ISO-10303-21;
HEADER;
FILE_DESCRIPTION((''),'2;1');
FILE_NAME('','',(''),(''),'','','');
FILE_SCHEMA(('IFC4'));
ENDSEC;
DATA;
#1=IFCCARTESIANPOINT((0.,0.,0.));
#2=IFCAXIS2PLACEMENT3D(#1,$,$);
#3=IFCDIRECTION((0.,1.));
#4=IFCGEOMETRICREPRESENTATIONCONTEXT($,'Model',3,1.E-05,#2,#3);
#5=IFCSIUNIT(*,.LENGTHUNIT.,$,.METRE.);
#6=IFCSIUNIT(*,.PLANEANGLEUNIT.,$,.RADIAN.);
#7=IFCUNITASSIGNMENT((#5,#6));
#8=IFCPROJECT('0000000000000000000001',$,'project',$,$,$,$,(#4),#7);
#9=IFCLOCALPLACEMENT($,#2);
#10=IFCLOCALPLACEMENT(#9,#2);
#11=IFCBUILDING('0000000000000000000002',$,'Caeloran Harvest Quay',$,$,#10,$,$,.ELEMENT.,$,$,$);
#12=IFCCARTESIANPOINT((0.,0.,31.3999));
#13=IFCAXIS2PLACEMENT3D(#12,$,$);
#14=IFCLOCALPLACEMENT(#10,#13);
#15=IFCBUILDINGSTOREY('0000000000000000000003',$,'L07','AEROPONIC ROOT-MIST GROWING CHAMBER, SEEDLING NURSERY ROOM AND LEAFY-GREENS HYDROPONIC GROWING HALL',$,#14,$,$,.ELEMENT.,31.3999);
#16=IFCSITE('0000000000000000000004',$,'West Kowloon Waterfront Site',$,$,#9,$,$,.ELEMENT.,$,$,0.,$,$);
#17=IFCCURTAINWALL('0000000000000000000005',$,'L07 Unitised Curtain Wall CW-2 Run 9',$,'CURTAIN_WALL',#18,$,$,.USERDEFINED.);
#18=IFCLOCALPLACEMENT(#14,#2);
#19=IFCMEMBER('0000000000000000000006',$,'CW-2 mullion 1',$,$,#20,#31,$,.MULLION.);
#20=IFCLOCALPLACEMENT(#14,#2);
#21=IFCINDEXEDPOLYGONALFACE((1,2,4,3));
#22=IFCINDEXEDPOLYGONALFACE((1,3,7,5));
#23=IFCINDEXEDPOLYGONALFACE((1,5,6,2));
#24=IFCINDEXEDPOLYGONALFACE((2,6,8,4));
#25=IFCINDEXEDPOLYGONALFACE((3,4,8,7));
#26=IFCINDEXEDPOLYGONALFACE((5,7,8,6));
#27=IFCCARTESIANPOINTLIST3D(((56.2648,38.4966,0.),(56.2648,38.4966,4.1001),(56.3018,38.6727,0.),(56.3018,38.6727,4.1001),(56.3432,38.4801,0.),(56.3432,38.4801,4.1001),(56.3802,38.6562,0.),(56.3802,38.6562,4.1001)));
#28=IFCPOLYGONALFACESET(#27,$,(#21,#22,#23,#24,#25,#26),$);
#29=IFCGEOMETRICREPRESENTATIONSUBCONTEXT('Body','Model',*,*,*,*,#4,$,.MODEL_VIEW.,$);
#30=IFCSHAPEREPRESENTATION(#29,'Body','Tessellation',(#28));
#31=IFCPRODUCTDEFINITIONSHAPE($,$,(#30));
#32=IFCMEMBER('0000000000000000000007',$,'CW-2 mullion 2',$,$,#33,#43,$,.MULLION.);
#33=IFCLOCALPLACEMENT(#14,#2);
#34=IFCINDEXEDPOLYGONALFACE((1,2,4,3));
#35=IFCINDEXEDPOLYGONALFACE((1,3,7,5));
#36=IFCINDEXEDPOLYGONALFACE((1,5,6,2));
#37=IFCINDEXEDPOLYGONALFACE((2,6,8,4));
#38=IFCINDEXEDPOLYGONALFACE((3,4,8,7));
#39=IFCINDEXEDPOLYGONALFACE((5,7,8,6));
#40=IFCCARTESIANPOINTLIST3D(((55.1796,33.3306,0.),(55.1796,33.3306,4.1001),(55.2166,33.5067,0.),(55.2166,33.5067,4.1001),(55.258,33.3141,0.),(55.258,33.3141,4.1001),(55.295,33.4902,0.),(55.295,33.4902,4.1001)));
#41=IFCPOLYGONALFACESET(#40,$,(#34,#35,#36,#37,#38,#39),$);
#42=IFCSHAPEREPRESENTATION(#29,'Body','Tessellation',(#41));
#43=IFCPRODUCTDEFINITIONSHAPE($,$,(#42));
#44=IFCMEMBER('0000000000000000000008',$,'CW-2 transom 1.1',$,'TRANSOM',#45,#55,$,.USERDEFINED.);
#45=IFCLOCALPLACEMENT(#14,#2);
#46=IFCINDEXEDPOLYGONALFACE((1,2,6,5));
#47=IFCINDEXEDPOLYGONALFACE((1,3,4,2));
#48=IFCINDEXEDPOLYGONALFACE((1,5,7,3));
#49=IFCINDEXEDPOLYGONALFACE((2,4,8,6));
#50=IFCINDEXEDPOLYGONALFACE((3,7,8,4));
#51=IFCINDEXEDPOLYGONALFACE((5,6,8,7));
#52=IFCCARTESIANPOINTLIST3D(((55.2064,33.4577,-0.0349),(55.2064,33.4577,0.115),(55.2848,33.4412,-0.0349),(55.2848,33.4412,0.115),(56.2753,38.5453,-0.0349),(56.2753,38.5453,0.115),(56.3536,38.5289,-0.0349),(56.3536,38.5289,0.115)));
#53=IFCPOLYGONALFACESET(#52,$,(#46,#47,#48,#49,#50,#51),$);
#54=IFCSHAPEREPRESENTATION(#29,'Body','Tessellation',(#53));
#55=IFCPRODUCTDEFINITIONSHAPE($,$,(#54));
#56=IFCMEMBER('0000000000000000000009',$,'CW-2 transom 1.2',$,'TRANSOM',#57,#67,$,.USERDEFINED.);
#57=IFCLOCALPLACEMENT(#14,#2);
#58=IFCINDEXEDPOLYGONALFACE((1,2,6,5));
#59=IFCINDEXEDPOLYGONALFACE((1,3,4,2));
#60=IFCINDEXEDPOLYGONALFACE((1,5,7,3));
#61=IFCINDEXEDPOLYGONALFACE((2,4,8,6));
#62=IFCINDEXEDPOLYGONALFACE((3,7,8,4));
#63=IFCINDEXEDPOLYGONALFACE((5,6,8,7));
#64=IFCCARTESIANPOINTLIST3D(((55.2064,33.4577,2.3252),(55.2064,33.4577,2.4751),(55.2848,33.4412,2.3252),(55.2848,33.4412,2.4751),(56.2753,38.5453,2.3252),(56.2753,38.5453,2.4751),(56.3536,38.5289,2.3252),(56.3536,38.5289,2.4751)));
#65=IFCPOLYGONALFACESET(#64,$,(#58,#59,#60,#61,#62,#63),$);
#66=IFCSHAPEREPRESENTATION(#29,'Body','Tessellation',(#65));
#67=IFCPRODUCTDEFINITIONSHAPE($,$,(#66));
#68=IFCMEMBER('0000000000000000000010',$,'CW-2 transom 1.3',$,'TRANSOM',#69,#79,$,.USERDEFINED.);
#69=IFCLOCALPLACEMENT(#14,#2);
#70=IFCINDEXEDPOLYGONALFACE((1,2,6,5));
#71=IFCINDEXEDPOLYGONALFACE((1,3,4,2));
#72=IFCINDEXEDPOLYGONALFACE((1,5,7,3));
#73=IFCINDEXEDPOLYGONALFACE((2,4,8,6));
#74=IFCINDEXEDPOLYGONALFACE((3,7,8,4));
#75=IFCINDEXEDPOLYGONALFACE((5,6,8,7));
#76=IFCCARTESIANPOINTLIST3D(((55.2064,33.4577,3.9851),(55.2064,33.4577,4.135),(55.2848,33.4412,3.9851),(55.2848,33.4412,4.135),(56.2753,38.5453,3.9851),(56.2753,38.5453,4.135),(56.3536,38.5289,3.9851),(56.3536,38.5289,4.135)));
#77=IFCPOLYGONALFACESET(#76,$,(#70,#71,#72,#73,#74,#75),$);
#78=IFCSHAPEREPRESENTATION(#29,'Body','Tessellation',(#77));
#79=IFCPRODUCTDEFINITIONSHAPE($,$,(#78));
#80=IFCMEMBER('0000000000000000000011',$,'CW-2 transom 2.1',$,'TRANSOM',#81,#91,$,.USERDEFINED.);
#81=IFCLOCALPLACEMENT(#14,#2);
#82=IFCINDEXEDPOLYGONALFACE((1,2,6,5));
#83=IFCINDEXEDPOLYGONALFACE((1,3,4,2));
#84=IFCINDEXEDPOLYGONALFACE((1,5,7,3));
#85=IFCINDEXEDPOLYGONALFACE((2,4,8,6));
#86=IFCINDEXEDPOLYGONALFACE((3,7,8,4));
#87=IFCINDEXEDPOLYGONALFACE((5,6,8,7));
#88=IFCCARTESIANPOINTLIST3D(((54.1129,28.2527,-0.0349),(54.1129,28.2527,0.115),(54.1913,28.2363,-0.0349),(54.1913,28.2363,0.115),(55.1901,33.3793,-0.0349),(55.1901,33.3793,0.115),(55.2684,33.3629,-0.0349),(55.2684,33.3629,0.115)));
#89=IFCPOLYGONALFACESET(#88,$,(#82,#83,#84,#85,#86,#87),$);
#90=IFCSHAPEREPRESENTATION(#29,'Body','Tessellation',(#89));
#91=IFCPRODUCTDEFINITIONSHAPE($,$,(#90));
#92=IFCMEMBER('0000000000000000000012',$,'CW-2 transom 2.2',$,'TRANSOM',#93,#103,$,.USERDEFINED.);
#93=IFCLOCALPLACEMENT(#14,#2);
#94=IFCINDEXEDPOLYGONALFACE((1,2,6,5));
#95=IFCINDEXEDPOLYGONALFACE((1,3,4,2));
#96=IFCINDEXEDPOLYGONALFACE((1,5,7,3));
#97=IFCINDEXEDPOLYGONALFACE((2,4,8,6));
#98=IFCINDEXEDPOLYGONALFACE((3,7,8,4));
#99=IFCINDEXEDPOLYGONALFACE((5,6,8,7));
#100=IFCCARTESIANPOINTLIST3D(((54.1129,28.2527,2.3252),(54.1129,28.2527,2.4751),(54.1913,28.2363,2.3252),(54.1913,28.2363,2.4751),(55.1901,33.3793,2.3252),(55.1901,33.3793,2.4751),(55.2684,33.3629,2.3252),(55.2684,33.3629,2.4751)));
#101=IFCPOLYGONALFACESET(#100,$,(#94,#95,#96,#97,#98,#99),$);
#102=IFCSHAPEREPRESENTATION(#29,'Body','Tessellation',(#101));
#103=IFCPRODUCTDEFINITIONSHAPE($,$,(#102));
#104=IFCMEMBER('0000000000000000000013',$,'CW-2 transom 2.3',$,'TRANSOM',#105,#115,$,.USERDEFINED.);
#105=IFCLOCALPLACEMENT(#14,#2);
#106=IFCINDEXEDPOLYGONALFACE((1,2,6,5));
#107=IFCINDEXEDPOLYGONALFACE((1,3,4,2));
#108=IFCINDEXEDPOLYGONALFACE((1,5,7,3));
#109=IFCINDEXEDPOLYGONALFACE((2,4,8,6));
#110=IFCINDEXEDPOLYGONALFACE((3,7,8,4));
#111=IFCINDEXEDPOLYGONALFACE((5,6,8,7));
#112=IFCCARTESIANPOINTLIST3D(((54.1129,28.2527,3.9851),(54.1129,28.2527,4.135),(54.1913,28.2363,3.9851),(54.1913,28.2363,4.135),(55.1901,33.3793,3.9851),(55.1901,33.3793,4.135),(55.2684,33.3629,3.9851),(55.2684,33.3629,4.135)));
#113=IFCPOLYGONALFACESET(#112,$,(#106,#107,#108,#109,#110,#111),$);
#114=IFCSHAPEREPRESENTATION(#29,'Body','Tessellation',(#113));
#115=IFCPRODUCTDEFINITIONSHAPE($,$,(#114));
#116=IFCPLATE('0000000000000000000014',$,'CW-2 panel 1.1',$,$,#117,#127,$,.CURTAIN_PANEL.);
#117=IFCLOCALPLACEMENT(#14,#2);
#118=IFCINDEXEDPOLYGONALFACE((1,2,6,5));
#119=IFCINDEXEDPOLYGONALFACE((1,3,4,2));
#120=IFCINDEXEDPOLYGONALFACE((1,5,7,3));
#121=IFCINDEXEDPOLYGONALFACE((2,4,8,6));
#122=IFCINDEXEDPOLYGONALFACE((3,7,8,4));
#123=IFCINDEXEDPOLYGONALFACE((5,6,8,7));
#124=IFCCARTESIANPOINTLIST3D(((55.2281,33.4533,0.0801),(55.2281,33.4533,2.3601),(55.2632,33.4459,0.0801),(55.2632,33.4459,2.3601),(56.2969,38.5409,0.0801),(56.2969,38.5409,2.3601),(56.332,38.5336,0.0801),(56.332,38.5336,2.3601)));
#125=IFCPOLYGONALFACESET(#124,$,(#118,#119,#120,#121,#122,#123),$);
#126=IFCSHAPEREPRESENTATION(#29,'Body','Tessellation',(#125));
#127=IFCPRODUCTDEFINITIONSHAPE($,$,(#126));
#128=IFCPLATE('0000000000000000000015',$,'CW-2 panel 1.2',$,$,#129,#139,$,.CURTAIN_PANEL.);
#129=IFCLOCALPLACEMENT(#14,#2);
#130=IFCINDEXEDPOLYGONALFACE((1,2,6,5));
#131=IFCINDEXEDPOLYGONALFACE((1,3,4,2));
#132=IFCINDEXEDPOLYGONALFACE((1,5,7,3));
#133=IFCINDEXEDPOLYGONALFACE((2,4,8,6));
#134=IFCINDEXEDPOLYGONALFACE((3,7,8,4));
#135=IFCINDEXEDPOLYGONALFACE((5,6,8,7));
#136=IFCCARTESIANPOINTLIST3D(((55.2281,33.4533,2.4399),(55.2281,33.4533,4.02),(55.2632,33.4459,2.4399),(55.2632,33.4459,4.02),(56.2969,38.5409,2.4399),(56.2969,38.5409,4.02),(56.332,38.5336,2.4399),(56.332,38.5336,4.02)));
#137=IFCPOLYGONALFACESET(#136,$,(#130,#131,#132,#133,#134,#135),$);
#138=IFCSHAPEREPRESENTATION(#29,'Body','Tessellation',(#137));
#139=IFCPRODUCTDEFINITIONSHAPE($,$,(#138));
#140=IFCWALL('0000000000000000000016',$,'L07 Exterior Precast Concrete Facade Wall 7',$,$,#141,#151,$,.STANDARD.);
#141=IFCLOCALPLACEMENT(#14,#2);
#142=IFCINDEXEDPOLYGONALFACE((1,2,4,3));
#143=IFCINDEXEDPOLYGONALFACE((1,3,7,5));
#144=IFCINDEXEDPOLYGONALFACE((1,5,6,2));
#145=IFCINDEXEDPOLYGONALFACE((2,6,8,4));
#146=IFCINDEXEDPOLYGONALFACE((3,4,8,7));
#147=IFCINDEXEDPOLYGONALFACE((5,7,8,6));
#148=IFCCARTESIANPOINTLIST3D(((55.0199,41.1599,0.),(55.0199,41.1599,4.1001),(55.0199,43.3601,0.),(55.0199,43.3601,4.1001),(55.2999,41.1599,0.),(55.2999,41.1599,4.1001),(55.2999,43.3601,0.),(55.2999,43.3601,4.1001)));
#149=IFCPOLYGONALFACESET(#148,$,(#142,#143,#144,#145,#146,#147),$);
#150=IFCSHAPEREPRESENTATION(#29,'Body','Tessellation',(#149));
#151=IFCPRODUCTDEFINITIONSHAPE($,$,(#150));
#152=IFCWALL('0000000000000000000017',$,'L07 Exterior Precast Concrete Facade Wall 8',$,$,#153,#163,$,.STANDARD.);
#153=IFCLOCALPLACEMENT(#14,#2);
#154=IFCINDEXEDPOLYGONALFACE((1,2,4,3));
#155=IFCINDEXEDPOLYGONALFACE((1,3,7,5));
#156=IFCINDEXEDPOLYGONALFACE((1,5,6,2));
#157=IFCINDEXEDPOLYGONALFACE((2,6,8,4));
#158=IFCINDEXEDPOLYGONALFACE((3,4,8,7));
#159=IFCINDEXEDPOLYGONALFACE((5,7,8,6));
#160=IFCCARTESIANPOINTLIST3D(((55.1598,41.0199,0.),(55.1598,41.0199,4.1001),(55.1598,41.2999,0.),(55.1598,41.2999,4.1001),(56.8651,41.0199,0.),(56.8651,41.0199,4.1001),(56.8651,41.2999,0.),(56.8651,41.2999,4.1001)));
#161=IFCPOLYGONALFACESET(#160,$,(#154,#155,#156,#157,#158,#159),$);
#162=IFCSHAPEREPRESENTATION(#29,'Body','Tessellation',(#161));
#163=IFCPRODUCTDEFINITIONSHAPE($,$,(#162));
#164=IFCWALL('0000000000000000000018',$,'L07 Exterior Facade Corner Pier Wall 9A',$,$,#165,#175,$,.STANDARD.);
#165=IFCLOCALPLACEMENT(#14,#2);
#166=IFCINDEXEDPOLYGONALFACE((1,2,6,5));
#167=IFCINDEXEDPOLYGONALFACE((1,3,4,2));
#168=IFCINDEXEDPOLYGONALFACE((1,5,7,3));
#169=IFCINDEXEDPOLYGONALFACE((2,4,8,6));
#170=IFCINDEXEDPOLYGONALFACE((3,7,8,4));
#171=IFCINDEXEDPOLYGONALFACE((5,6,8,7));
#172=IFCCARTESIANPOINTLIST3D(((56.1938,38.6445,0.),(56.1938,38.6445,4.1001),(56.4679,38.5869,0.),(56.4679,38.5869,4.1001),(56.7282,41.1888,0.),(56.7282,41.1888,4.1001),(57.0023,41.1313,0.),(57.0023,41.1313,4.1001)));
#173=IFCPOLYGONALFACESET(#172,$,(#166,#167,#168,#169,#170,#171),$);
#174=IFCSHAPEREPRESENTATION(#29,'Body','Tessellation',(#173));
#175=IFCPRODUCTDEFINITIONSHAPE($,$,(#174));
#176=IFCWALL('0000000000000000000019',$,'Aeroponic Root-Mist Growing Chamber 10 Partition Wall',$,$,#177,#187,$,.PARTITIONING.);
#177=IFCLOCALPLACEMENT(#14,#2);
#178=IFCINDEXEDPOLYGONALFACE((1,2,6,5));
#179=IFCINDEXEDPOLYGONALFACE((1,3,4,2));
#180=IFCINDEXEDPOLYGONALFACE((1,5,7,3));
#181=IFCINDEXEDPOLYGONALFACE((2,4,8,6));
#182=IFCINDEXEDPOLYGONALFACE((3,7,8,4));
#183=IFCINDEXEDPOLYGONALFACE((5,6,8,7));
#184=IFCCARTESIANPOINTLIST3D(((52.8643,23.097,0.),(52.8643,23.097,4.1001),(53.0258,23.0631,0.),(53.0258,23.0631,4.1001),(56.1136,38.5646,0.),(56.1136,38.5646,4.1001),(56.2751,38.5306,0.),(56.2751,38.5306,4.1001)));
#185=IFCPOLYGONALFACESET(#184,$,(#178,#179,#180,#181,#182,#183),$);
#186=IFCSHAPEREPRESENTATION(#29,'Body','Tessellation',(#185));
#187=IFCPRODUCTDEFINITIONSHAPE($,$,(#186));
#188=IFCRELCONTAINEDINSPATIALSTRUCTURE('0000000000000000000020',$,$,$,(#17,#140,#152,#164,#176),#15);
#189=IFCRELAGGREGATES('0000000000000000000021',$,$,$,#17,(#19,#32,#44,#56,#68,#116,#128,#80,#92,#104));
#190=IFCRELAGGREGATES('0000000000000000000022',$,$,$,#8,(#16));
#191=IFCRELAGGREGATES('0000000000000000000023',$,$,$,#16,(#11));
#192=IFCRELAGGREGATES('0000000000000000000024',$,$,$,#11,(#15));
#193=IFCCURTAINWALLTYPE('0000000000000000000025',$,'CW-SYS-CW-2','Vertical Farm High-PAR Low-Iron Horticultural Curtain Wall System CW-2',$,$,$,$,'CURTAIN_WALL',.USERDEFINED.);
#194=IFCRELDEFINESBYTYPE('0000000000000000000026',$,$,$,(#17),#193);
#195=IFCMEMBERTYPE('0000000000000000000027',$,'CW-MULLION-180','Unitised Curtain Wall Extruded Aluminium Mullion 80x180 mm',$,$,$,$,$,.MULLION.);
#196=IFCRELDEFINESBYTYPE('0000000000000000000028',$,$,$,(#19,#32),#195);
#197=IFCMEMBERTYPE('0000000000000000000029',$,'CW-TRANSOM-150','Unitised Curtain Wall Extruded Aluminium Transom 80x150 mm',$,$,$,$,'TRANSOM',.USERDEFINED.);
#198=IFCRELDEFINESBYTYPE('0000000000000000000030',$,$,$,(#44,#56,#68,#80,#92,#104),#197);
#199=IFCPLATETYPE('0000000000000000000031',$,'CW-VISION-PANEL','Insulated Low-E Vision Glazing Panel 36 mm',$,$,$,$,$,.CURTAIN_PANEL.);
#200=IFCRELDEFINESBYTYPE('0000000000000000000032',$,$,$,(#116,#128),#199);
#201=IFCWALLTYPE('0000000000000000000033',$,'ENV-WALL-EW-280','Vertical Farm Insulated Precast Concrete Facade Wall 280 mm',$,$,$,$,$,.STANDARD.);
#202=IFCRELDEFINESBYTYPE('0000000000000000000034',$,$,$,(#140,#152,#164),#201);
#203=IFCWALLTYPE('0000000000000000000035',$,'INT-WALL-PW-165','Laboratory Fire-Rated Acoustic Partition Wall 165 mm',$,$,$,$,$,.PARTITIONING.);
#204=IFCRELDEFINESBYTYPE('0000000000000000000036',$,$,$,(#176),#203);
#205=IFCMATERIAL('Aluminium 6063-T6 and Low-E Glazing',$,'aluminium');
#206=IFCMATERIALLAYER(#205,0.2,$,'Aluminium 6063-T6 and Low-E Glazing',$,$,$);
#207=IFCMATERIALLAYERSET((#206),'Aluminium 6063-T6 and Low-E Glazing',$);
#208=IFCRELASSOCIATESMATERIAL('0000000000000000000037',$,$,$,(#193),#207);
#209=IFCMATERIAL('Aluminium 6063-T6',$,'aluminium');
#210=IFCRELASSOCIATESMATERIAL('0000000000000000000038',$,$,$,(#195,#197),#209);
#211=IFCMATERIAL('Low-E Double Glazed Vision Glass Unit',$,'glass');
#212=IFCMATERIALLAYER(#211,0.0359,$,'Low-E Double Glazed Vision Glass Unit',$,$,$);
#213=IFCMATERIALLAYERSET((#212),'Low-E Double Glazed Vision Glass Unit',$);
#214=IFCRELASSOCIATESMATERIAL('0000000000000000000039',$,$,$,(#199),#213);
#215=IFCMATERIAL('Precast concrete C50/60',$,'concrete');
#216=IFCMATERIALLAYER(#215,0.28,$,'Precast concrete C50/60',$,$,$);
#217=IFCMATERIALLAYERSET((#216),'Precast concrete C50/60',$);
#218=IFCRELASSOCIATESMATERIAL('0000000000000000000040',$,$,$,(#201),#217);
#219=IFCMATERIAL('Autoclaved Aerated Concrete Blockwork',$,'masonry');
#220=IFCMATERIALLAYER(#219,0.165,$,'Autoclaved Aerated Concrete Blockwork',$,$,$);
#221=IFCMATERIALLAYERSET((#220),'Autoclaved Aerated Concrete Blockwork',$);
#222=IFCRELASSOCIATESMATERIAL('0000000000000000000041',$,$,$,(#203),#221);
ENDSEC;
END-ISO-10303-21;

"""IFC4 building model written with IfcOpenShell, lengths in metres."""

from ifc_helpers import new_model, si_unit, direction, frame, frame_2d, origin, origin_2d, place, context, subcontext, project, spatial, rectangle, extrude, material, layer, layer_set, material_profile, profile_set, type_object, element, aggregate, save


model = new_model("IFC4")

# Units and contexts
model_context = context("Model", 3, precision=1e-05, world=origin(), true_north=direction((0.0, 1.0)))
body_context = subcontext(model_context, "Body", "Model", "MODEL_VIEW")
ifc_project = project(units=[si_unit("LENGTHUNIT", "METRE"), si_unit("PLANEANGLEUNIT", "RADIAN")], contexts=[model_context])

# Site, building, storey
site_placement = place(None, origin())
site = spatial("IfcSite", under=ifc_project, at=site_placement, Name="West Kowloon Waterfront Site", CompositionType="ELEMENT", RefElevation=0.0)
building_placement = place(site_placement, origin())
building = spatial("IfcBuilding", under=site, at=building_placement, Name="Caeloran Harvest Quay", CompositionType="ELEMENT")
storey_placement = place(building_placement, frame((0.0, 0.0, 31.3999)))
storey = spatial("IfcBuildingStorey", under=building, at=storey_placement, Name="L07", Description="AEROPONIC ROOT-MIST GROWING CHAMBER, SEEDLING NURSERY ROOM AND LEAFY-GREENS HYDROPONIC GROWING HALL", CompositionType="ELEMENT", Elevation=31.3999)

# Curtain wall, members, plates
ifc_material_1 = material(Name="Aluminium 6063-T6 and Low-E Glazing", Category="aluminium")
ifc_layer_1 = layer(ifc_material_1, 0.2, Name="Aluminium 6063-T6 and Low-E Glazing")
ifc_layer_set_1 = layer_set([ifc_layer_1], Name="Aluminium 6063-T6 and Low-E Glazing")
curtain_wall_type = type_object("IfcCurtainWallType", Name="CW-SYS-CW-2", Description="Vertical Farm High-PAR Low-Iron Horticultural Curtain Wall System CW-2", ElementType="CURTAIN_WALL", PredefinedType="USERDEFINED", material=ifc_layer_set_1)
curtain_wall_placement = place(storey_placement, origin())
curtain_wall = element("IfcCurtainWall", 1, at=curtain_wall_placement, inside=storey, type_object=curtain_wall_type, Name="L07 Unitised Curtain Wall CW-2 Run 9", ObjectType="CURTAIN_WALL", PredefinedType="USERDEFINED")
ifc_material_2 = material(Name="Aluminium 6063-T6", Category="aluminium")
ifc_material_profile_1 = material_profile(ifc_material_2, rectangle(XDim=0.0801, YDim=0.1799, at=origin_2d()), Name="CW-MULLION-180")
ifc_profile_set_1 = profile_set([ifc_material_profile_1], Name="Aluminium 6063-T6")
member_type_1 = type_object("IfcMemberType", Name="CW-MULLION-180", Description="Unitised Curtain Wall Extruded Aluminium Mullion 80x180 mm", PredefinedType="MULLION", material=ifc_profile_set_1)
member_1_placement = place(storey_placement, frame((56.3225, 38.5764, 0.0), z_axis=(0.0, 0.0, 1.0), x_axis=(0.97864, -0.205583, 0.0)))
member_1 = element("IfcMember", 2, at=member_1_placement, type_object=member_type_1, Name="CW-2 mullion 1", PredefinedType="MULLION", context=body_context, shape_type="SweptSolid", body=[
    extrude(rectangle(XDim=0.0801, YDim=0.1799, at=origin_2d()), origin(), (0.0, 0.0, 1.0), 4.1001),
])
member_2_placement = place(storey_placement, frame((55.2373, 33.4104, 0.0), z_axis=(0.0, 0.0, 1.0), x_axis=(0.97864, -0.205583, 0.0)))
member_2 = element("IfcMember", 3, at=member_2_placement, type_object=member_type_1, Name="CW-2 mullion 2", PredefinedType="MULLION", context=body_context, shape_type="SweptSolid", body=[
    extrude(rectangle(XDim=0.0801, YDim=0.1799, at=origin_2d()), origin(), (0.0, 0.0, 1.0), 4.1001),
])
ifc_material_profile_2 = material_profile(ifc_material_2, rectangle(XDim=0.0801, YDim=0.1499, at=origin_2d()), Name="CW-TRANSOM-150")
ifc_profile_set_2 = profile_set([ifc_material_profile_2], Name="Aluminium 6063-T6")
member_type_2 = type_object("IfcMemberType", Name="CW-TRANSOM-150", Description="Unitised Curtain Wall Extruded Aluminium Transom 80x150 mm", ElementType="TRANSOM", PredefinedType="USERDEFINED", material=ifc_profile_set_2)
member_3_placement = place(storey_placement, frame((56.3145, 38.5371, 0.04), z_axis=(-0.205599, -0.978636, 0.0), x_axis=(0.978636, -0.205599, 0.0)))
member_3 = element("IfcMember", 4, at=member_3_placement, type_object=member_type_2, Name="CW-2 transom 1.1", ObjectType="TRANSOM", PredefinedType="USERDEFINED", context=body_context, shape_type="SweptSolid", body=[
    extrude(rectangle(XDim=0.0801, YDim=0.1499, at=origin_2d()), origin(), (0.0, 0.0, 1.0), 5.1987),
])
member_4_placement = place(storey_placement, frame((56.3145, 38.5371, 2.4001), z_axis=(-0.205599, -0.978636, 0.0), x_axis=(0.978636, -0.205599, 0.0)))
member_4 = element("IfcMember", 5, at=member_4_placement, type_object=member_type_2, Name="CW-2 transom 1.2", ObjectType="TRANSOM", PredefinedType="USERDEFINED", context=body_context, shape_type="SweptSolid", body=[
    extrude(rectangle(XDim=0.0801, YDim=0.1499, at=origin_2d()), origin(), (0.0, 0.0, 1.0), 5.1987),
])
member_5_placement = place(storey_placement, frame((56.3145, 38.5371, 4.0601), z_axis=(-0.205599, -0.978636, 0.0), x_axis=(0.978636, -0.205599, 0.0)))
member_5 = element("IfcMember", 6, at=member_5_placement, type_object=member_type_2, Name="CW-2 transom 1.3", ObjectType="TRANSOM", PredefinedType="USERDEFINED", context=body_context, shape_type="SweptSolid", body=[
    extrude(rectangle(XDim=0.0801, YDim=0.1499, at=origin_2d()), origin(), (0.0, 0.0, 1.0), 5.1987),
])
member_6_placement = place(storey_placement, frame((55.2292, 33.3711, 0.04), z_axis=(-0.205616, -0.978633, 0.0), x_axis=(0.978633, -0.205616, 0.0)))
member_6 = element("IfcMember", 7, at=member_6_placement, type_object=member_type_2, Name="CW-2 transom 2.1", ObjectType="TRANSOM", PredefinedType="USERDEFINED", context=body_context, shape_type="SweptSolid", body=[
    extrude(rectangle(XDim=0.0801, YDim=0.1499, at=origin_2d()), origin(), (0.0, 0.0, 1.0), 5.2385),
])
member_7_placement = place(storey_placement, frame((55.2292, 33.3711, 2.4001), z_axis=(-0.205616, -0.978633, 0.0), x_axis=(0.978633, -0.205616, 0.0)))
member_7 = element("IfcMember", 8, at=member_7_placement, type_object=member_type_2, Name="CW-2 transom 2.2", ObjectType="TRANSOM", PredefinedType="USERDEFINED", context=body_context, shape_type="SweptSolid", body=[
    extrude(rectangle(XDim=0.0801, YDim=0.1499, at=origin_2d()), origin(), (0.0, 0.0, 1.0), 5.2385),
])
member_8_placement = place(storey_placement, frame((55.2292, 33.3711, 4.0601), z_axis=(-0.205616, -0.978633, 0.0), x_axis=(0.978633, -0.205616, 0.0)))
member_8 = element("IfcMember", 9, at=member_8_placement, type_object=member_type_2, Name="CW-2 transom 2.3", ObjectType="TRANSOM", PredefinedType="USERDEFINED", context=body_context, shape_type="SweptSolid", body=[
    extrude(rectangle(XDim=0.0801, YDim=0.1499, at=origin_2d()), origin(), (0.0, 0.0, 1.0), 5.2385),
])
ifc_material_3 = material(Name="Low-E Double Glazed Vision Glass Unit", Category="glass")
ifc_layer_2 = layer(ifc_material_3, 0.0359, Name="Low-E Double Glazed Vision Glass Unit")
ifc_layer_set_2 = layer_set([ifc_layer_2], Name="Low-E Double Glazed Vision Glass Unit")
plate_type = type_object("IfcPlateType", Name="CW-VISION-PANEL", Description="Insulated Low-E Vision Glazing Panel 36 mm", PredefinedType="CURTAIN_PANEL", material=ifc_layer_set_2)
plate_1_placement = place(storey_placement, frame((55.78, 35.9934, 0.0801), z_axis=(0.0, 0.0, 1.0), x_axis=(-0.205583, -0.97864, 0.0)))
plate_1 = element("IfcPlate", 10, at=plate_1_placement, type_object=plate_type, Name="CW-2 panel 1.1", PredefinedType="CURTAIN_PANEL", context=body_context, shape_type="SweptSolid", body=[
    extrude(rectangle(XDim=5.1987, YDim=0.0359, at=origin_2d()), origin(), (0.0, 0.0, 1.0), 2.28),
])
plate_2_placement = place(storey_placement, frame((55.78, 35.9934, 2.4399), z_axis=(0.0, 0.0, 1.0), x_axis=(-0.205583, -0.97864, 0.0)))
plate_2 = element("IfcPlate", 11, at=plate_2_placement, type_object=plate_type, Name="CW-2 panel 1.2", PredefinedType="CURTAIN_PANEL", context=body_context, shape_type="SweptSolid", body=[
    extrude(rectangle(XDim=5.1987, YDim=0.0359, at=origin_2d()), origin(), (0.0, 0.0, 1.0), 1.5801),
])
aggregate(curtain_wall, [member_1, member_2, member_3, member_4, member_5, plate_1, plate_2, member_6, member_7, member_8])

# Walls
ifc_material_4 = material(Name="Precast concrete C50/60", Category="concrete")
ifc_layer_3 = layer(ifc_material_4, 0.28, Name="Precast concrete C50/60")
ifc_layer_set_3 = layer_set([ifc_layer_3], Name="Precast concrete C50/60")
wall_type_1 = type_object("IfcWallType", Name="ENV-WALL-EW-280", Description="Vertical Farm Insulated Precast Concrete Facade Wall 280 mm", PredefinedType="STANDARD", material=ifc_layer_set_3)
wall_1_placement = place(storey_placement, frame((55.1599, 43.3601, 0.0), z_axis=(0.0, 0.0, 1.0), x_axis=(0.0, -1.0, 0.0)))
element("IfcWall", 12, at=wall_1_placement, inside=storey, type_object=wall_type_1, Name="L07 Exterior Precast Concrete Facade Wall 7", PredefinedType="STANDARD", context=body_context, shape_type="SweptSolid", body=[
    extrude(rectangle(XDim=2.2002, YDim=0.28, at=frame_2d((1.1001, 0.0))), origin(), (0.0, 0.0, 1.0), 4.1001),
])
wall_2_placement = place(storey_placement, frame((55.1599, 41.1599, 0.0), z_axis=(0.0, 0.0, 1.0), x_axis=(1.0, 0.0, 0.0)))
element("IfcWall", 13, at=wall_2_placement, inside=storey, type_object=wall_type_1, Name="L07 Exterior Precast Concrete Facade Wall 8", PredefinedType="STANDARD", context=body_context, shape_type="SweptSolid", body=[
    extrude(rectangle(XDim=1.7053, YDim=0.28, at=frame_2d((0.8525, 0.0))), origin(), (0.0, 0.0, 1.0), 4.1001),
])
wall_3_placement = place(storey_placement, frame((56.8652, 41.1599, 0.0), z_axis=(0.0, 0.0, 1.0), x_axis=(-0.205551, -0.978646, 0.0)))
element("IfcWall", 14, at=wall_3_placement, inside=storey, type_object=wall_type_1, Name="L07 Exterior Facade Corner Pier Wall 9A", PredefinedType="STANDARD", context=body_context, shape_type="SweptSolid", body=[
    extrude(rectangle(XDim=2.5999, YDim=0.28, at=frame_2d((1.2998, 0.0))), origin(), (0.0, 0.0, 1.0), 4.1001),
])
ifc_material_5 = material(Name="Autoclaved Aerated Concrete Blockwork", Category="masonry")
ifc_layer_4 = layer(ifc_material_5, 0.165, Name="Autoclaved Aerated Concrete Blockwork")
ifc_layer_set_4 = layer_set([ifc_layer_4], Name="Autoclaved Aerated Concrete Blockwork")
wall_type_2 = type_object("IfcWallType", Name="INT-WALL-PW-165", Description="Laboratory Fire-Rated Acoustic Partition Wall 165 mm", PredefinedType="PARTITIONING", material=ifc_layer_set_4)
wall_4_placement = place(storey_placement, frame((56.1943, 38.5476, 0.0), z_axis=(0.0, 0.0, 1.0), x_axis=(-0.205583, -0.97864, 0.0)))
element("IfcWall", 15, at=wall_4_placement, inside=storey, type_object=wall_type_2, Name="Aeroponic Root-Mist Growing Chamber 10 Partition Wall", PredefinedType="PARTITIONING", context=body_context, shape_type="SweptSolid", body=[
    extrude(rectangle(XDim=15.8052, YDim=0.165, at=frame_2d((7.9026, 0.0))), origin(), (0.0, 0.0, 1.0), 4.1001),
])

save(model, "model.ifc")
